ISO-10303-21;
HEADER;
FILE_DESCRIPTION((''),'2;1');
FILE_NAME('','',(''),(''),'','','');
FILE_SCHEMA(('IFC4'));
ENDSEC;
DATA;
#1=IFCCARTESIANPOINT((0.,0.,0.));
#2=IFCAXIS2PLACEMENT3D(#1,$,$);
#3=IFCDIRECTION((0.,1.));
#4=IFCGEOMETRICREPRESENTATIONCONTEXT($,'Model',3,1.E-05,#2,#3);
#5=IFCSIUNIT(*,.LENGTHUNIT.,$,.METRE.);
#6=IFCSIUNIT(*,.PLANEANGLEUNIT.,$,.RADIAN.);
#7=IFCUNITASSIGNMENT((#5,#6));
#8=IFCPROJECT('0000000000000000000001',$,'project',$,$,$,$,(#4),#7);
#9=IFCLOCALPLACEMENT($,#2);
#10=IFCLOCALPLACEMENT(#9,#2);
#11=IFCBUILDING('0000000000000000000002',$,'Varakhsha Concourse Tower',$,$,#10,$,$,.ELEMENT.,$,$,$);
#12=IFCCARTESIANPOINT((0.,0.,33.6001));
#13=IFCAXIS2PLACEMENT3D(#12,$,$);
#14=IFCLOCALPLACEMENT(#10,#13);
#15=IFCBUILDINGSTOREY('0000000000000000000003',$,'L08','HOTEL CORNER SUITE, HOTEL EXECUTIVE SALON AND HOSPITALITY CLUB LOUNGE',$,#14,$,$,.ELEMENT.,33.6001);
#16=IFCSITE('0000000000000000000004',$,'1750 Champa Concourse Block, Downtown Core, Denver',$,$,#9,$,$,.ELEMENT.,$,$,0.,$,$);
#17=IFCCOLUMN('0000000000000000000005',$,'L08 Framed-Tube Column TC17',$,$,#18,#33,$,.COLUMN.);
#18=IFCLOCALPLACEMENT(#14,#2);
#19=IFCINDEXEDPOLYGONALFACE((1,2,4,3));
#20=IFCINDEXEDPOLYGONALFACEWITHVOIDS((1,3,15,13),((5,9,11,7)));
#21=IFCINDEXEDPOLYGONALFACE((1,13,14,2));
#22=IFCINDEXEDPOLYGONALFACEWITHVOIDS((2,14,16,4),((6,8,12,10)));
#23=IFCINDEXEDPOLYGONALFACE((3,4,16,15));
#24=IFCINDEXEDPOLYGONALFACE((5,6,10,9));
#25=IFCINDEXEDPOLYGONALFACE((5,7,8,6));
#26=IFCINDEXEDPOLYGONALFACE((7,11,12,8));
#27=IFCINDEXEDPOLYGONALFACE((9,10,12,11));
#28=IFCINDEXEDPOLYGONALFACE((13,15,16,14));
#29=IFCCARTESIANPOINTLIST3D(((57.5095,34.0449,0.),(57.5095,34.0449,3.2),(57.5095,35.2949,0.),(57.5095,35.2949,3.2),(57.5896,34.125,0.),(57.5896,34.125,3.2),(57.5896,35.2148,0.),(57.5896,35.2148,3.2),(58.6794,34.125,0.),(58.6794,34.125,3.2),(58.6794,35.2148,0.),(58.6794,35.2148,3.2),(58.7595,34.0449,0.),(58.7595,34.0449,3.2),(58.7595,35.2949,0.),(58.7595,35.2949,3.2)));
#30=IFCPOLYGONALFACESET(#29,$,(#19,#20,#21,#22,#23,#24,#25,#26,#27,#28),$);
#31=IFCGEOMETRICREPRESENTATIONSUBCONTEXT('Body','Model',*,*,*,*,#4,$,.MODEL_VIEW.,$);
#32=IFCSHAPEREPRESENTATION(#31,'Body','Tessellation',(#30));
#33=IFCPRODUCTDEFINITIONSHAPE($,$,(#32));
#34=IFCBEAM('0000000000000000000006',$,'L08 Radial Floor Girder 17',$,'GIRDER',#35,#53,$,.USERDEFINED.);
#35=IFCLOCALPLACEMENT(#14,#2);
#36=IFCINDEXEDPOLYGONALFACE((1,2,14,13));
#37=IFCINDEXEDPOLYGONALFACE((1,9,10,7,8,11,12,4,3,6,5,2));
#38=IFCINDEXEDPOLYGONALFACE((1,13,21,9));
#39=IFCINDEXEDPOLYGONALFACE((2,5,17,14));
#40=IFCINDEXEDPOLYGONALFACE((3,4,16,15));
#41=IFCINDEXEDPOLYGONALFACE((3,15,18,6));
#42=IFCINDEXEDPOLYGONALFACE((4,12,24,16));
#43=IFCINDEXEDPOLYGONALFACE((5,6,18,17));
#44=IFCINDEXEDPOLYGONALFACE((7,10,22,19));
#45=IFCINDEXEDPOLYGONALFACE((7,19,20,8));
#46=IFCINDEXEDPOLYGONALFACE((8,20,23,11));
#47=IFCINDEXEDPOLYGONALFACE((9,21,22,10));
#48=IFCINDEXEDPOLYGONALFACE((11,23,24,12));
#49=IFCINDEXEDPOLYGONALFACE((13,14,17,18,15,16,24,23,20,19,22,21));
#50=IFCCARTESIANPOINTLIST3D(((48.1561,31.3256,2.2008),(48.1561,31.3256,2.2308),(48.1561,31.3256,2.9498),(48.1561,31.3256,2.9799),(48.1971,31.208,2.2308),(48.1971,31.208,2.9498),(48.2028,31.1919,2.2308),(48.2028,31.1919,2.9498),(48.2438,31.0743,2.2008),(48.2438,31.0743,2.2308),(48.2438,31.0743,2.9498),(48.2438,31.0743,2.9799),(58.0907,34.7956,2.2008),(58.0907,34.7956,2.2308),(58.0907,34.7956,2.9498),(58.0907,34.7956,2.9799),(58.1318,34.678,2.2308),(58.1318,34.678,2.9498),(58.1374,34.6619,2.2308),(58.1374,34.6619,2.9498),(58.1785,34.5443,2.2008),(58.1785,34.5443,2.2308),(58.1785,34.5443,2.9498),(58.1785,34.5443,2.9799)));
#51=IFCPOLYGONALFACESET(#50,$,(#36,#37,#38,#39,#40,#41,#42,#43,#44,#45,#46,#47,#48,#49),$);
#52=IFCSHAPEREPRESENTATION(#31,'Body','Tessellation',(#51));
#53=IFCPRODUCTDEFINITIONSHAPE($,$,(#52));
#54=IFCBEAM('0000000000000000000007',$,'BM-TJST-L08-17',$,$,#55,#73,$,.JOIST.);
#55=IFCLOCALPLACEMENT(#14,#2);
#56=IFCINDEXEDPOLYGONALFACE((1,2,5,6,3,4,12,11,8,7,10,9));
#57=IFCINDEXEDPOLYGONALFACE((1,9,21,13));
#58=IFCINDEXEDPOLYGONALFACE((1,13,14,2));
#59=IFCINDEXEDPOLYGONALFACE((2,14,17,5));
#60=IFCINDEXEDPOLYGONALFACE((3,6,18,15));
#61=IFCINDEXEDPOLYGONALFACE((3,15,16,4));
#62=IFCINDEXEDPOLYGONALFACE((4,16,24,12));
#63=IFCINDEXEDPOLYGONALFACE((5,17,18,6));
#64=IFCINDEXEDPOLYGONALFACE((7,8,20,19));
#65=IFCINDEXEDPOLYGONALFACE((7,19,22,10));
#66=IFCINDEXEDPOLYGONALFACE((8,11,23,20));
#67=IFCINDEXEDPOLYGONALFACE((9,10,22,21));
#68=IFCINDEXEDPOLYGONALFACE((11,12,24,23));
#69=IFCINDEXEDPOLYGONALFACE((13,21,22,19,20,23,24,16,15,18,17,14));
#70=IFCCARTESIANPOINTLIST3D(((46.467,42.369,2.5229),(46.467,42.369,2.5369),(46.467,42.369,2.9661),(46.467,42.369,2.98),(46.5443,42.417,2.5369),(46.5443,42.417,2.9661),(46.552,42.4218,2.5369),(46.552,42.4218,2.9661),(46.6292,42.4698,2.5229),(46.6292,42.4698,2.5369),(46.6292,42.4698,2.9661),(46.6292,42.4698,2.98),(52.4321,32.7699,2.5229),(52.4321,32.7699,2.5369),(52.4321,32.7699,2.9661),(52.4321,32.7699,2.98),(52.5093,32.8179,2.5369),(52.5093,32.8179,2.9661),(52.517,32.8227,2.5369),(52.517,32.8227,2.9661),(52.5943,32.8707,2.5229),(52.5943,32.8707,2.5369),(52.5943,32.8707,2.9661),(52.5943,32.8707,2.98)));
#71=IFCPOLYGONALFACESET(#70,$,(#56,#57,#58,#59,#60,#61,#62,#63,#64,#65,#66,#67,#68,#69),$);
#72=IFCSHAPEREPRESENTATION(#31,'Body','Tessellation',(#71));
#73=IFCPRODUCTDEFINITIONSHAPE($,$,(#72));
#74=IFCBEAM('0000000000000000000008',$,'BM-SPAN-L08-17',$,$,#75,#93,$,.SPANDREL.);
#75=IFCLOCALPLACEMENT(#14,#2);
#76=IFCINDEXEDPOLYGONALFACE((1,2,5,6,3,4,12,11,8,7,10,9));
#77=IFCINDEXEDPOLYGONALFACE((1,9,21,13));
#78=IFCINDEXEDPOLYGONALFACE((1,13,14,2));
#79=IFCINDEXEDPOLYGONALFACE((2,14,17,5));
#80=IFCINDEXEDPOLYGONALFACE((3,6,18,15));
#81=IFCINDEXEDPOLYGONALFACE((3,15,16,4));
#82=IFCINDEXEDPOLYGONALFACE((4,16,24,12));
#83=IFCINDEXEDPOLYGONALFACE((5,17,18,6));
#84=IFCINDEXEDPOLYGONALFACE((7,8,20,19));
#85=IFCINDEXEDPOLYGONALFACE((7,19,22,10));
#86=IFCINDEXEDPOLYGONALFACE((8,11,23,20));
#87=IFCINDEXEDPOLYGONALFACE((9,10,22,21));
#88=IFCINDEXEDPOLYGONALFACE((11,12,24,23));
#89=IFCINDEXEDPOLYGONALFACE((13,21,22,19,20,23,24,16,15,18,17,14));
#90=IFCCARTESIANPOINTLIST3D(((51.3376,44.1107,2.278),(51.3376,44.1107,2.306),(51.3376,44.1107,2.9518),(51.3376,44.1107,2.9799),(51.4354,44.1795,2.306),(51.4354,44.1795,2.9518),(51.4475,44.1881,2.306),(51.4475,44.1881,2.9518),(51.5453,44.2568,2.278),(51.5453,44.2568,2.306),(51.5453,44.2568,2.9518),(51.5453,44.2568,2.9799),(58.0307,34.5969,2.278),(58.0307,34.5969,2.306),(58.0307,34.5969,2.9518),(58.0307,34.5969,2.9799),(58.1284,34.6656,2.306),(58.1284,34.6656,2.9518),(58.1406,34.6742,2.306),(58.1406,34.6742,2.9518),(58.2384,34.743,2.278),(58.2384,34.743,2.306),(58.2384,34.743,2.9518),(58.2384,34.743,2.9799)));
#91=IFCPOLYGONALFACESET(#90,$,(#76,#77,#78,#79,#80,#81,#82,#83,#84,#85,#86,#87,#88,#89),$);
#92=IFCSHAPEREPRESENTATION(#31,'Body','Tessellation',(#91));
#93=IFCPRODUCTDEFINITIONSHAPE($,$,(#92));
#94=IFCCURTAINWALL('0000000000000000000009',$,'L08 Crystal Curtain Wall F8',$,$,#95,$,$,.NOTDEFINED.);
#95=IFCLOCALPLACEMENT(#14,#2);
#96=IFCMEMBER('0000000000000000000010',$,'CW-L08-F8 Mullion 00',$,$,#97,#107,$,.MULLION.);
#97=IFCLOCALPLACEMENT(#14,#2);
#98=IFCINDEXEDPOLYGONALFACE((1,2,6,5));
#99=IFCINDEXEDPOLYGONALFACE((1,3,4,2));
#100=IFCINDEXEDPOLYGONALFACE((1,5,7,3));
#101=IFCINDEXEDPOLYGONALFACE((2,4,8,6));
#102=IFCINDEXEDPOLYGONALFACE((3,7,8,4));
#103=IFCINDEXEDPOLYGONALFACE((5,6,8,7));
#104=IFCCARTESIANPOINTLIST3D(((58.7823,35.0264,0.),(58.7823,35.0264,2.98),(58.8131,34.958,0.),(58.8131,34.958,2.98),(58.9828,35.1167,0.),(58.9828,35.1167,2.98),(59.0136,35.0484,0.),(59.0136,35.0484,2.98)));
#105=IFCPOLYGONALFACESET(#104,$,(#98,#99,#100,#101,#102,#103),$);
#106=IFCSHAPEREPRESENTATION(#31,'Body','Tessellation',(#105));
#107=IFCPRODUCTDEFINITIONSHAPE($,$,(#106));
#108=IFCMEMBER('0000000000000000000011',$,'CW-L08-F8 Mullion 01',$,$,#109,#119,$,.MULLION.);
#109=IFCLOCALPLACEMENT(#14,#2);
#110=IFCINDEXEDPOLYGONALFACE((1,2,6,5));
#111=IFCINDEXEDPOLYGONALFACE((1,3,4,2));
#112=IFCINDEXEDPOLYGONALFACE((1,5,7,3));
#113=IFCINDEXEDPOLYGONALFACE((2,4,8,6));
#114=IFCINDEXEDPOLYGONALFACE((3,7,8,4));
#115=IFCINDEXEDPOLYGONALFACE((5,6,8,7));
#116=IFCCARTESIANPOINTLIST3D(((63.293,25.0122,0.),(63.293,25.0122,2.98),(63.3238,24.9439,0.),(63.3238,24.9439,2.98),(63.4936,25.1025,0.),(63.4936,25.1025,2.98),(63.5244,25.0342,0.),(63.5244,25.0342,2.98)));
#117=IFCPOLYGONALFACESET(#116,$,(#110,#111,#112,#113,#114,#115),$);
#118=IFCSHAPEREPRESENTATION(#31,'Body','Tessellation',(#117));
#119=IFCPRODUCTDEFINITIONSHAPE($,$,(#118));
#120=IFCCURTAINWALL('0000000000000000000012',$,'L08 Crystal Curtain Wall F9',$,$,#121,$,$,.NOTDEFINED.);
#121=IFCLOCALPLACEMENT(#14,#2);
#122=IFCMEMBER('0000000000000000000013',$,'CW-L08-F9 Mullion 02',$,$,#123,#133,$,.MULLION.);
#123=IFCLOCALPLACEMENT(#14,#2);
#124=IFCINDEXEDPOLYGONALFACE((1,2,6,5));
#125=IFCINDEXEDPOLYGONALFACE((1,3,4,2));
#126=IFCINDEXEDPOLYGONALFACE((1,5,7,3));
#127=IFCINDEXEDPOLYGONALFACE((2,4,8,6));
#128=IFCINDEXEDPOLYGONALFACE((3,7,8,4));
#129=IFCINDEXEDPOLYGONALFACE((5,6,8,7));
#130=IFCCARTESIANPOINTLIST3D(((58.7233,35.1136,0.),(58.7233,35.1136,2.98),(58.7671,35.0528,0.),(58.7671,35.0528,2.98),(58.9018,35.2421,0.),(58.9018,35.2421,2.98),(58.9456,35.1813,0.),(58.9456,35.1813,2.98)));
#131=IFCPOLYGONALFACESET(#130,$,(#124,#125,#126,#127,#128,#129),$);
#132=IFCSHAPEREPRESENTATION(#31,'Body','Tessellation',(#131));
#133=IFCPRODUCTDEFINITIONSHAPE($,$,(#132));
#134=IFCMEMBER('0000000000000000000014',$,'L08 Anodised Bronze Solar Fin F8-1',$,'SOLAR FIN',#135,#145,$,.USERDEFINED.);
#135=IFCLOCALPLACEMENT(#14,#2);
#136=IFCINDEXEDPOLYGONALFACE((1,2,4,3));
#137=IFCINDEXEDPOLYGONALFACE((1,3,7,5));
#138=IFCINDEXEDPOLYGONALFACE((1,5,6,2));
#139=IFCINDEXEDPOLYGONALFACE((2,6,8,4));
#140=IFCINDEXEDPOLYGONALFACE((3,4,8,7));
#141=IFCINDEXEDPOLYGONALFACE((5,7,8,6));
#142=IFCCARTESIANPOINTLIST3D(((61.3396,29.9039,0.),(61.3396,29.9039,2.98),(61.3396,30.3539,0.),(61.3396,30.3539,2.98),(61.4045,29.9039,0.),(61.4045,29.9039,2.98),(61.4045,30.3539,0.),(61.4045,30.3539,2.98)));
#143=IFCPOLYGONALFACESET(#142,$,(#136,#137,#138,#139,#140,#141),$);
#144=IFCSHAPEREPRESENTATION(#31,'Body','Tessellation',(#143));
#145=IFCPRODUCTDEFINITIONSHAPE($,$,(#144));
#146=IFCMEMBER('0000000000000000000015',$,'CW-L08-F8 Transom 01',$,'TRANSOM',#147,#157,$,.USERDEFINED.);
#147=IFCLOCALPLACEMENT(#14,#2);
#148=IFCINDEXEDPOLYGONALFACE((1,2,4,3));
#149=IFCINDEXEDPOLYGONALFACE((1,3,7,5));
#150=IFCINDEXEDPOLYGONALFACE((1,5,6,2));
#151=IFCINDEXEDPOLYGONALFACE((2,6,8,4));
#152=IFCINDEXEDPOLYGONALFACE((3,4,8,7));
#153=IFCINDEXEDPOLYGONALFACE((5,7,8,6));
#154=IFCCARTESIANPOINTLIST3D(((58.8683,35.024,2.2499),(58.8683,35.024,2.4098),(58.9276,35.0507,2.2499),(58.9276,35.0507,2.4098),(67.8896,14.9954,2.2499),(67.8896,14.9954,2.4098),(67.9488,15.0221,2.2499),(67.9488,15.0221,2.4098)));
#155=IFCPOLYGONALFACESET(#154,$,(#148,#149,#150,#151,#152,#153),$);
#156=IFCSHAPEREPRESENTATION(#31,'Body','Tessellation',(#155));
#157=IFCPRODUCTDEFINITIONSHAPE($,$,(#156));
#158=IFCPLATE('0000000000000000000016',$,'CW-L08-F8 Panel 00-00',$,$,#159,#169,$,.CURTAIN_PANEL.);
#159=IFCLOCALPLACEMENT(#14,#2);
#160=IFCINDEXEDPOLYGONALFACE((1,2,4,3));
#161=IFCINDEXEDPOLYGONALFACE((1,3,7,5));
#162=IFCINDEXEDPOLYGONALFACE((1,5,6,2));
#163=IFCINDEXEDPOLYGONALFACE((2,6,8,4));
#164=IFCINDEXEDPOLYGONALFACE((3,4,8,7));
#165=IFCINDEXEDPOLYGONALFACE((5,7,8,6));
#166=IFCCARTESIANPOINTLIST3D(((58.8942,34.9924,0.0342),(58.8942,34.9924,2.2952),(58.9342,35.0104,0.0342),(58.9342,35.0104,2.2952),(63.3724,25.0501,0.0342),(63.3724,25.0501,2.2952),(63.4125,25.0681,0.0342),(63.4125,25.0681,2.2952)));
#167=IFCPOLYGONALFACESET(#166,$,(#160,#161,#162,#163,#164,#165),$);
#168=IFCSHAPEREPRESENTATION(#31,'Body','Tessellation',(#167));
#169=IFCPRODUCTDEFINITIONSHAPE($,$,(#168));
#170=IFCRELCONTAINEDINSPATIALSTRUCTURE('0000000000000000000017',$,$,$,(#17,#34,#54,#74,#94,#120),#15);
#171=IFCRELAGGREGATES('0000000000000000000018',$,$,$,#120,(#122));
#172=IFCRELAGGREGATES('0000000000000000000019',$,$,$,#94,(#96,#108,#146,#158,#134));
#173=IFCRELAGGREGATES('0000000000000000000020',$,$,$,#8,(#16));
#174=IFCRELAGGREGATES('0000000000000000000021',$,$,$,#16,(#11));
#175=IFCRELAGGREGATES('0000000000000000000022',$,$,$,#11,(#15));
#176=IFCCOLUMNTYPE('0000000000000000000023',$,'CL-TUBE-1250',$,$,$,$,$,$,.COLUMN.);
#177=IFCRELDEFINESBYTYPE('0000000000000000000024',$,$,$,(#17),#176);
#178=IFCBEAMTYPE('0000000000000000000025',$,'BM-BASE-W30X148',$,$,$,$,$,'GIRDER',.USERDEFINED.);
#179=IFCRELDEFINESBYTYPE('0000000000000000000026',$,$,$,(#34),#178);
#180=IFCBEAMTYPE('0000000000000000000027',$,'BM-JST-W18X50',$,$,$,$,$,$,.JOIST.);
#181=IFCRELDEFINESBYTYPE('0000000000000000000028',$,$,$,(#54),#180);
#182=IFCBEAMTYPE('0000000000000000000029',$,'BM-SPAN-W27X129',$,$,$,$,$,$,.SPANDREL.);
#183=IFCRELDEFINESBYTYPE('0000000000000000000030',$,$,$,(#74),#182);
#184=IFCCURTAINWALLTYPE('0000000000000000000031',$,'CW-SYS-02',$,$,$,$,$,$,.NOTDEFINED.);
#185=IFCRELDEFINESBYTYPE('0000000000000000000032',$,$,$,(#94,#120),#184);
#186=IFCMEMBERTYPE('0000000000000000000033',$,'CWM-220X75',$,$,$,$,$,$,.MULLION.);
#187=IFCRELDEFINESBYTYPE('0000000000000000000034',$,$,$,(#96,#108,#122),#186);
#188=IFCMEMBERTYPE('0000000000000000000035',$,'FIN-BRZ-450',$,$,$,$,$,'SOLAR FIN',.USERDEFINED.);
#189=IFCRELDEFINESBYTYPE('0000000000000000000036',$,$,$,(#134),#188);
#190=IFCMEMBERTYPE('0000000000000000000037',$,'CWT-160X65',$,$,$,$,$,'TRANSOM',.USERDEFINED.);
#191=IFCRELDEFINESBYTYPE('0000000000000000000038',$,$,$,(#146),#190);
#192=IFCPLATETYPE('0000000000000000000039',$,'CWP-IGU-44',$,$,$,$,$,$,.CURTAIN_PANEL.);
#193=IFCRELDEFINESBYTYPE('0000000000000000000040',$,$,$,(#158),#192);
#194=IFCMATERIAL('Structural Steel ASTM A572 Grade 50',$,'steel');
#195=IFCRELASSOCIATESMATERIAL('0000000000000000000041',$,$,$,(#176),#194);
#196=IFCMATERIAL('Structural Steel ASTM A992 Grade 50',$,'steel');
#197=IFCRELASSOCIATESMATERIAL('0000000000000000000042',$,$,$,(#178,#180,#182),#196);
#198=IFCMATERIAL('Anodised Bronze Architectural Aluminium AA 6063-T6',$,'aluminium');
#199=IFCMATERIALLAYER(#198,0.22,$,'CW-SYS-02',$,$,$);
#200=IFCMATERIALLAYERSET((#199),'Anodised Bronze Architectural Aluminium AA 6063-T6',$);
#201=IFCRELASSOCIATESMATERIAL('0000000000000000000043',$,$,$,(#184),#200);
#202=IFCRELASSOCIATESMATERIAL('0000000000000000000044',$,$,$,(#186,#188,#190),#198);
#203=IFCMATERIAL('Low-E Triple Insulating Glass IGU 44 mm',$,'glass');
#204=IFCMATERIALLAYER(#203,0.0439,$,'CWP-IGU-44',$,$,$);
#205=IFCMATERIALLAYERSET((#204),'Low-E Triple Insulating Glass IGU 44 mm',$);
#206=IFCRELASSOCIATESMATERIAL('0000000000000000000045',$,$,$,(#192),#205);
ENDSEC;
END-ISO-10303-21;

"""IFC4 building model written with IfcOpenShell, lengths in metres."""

from ifc_helpers import new_model, si_unit, direction, frame, origin, origin_2d, place, context, subcontext, project, spatial, rectangle, hollow_rectangle, i_section, extrude, source, transform, mapped, material, layer, layer_set, material_profile, profile_set, type_object, type_shapes, element, aggregate, save


model = new_model("IFC4")

# Units and contexts
model_context = context("Model", 3, precision=1e-05, world=origin(), true_north=direction((0.0, 1.0)))
body_context = subcontext(model_context, "Body", "Model", "MODEL_VIEW")
ifc_project = project(units=[si_unit("LENGTHUNIT", "METRE"), si_unit("PLANEANGLEUNIT", "RADIAN")], contexts=[model_context])

# Site, building, storey
site_placement = place(None, origin())
site = spatial("IfcSite", under=ifc_project, at=site_placement, Name="1750 Champa Concourse Block, Downtown Core, Denver", CompositionType="ELEMENT", RefElevation=0.0)
building_placement = place(site_placement, origin())
building = spatial("IfcBuilding", under=site, at=building_placement, Name="Varakhsha Concourse Tower", CompositionType="ELEMENT")
storey_placement = place(building_placement, frame((0.0, 0.0, 33.6001)))
storey = spatial("IfcBuildingStorey", under=building, at=storey_placement, Name="L08", Description="HOTEL CORNER SUITE, HOTEL EXECUTIVE SALON AND HOSPITALITY CLUB LOUNGE", CompositionType="ELEMENT", Elevation=33.6001)

# Column
ifc_material_1 = material(Name="Structural Steel ASTM A572 Grade 50", Category="steel")
ifc_material_profile_1 = material_profile(ifc_material_1, hollow_rectangle(XDim=1.25, YDim=1.25, WallThickness=0.0801, at=origin_2d()), Name="BOX 1250x1250x80")
ifc_profile_set_1 = profile_set([ifc_material_profile_1], Name="Structural Steel ASTM A572 Grade 50")
column_type = type_object("IfcColumnType", Name="CL-TUBE-1250", PredefinedType="COLUMN", material=ifc_profile_set_1)
column_placement = place(storey_placement, frame((58.1345, 34.6699, 0.0), z_axis=(0.0, 0.0, 1.0), x_axis=(1.0, 0.0, 0.0)))
element("IfcColumn", 1, at=column_placement, inside=storey, type_object=column_type, Name="L08 Framed-Tube Column TC17", PredefinedType="COLUMN", context=body_context, shape_type="SweptSolid", body=[
    extrude(hollow_rectangle(XDim=1.25, YDim=1.25, WallThickness=0.0801, at=origin_2d()), origin(), (0.0, 0.0, 1.0), 3.2),
])

# Beams
ifc_material_2 = material(Name="Structural Steel ASTM A992 Grade 50", Category="steel")
ifc_material_profile_2 = material_profile(ifc_material_2, i_section(OverallWidth=0.2661, OverallDepth=0.7791, WebThickness=0.0171, FlangeThickness=0.03, at=origin_2d()), Name="W30X148")
ifc_profile_set_2 = profile_set([ifc_material_profile_2], Name="Structural Steel ASTM A992 Grade 50")
beam_type_1 = type_object("IfcBeamType", Name="BM-BASE-W30X148", ElementType="GIRDER", PredefinedType="USERDEFINED", material=ifc_profile_set_2)
beam_1_placement = place(storey_placement, frame((48.2, 31.2, 2.5903), z_axis=(0.944069, 0.329747, 0.0), x_axis=(-0.329747, 0.944069, 0.0)))
element("IfcBeam", 2, at=beam_1_placement, inside=storey, type_object=beam_type_1, Name="L08 Radial Floor Girder 17", ObjectType="GIRDER", PredefinedType="USERDEFINED", context=body_context, shape_type="SweptSolid", body=[
    extrude(i_section(OverallWidth=0.2661, OverallDepth=0.7791, WebThickness=0.0171, FlangeThickness=0.03, at=origin_2d()), origin(), (0.0, 0.0, 1.0), 10.5232),
])
ifc_material_profile_3 = material_profile(ifc_material_2, i_section(OverallWidth=0.1909, OverallDepth=0.457, WebThickness=0.009, FlangeThickness=0.0139, at=origin_2d()), Name="W18X50")
ifc_profile_set_3 = profile_set([ifc_material_profile_3], Name="Structural Steel ASTM A992 Grade 50")
beam_type_2 = type_object("IfcBeamType", Name="BM-JST-W18X50", PredefinedType="JOIST", material=ifc_profile_set_3)
beam_2_placement = place(storey_placement, frame((52.5132, 32.8203, 2.7515), z_axis=(-0.527811, 0.849362, 0.0), x_axis=(-0.849362, -0.527811, 0.0)))
element("IfcBeam", 3, at=beam_2_placement, inside=storey, type_object=beam_type_2, Name="BM-TJST-L08-17", PredefinedType="JOIST", context=body_context, shape_type="SweptSolid", body=[
    extrude(i_section(OverallWidth=0.1909, OverallDepth=0.457, WebThickness=0.009, FlangeThickness=0.0139, at=origin_2d()), origin(), (0.0, 0.0, 1.0), 11.3015),
])
ifc_material_profile_4 = material_profile(ifc_material_2, i_section(OverallWidth=0.2539, OverallDepth=0.7019, WebThickness=0.0149, FlangeThickness=0.0281, at=origin_2d()), Name="W27X129")
ifc_profile_set_4 = profile_set([ifc_material_profile_4], Name="Structural Steel ASTM A992 Grade 50")
beam_type_3 = type_object("IfcBeamType", Name="BM-SPAN-W27X129", PredefinedType="SPANDREL", material=ifc_profile_set_4)
beam_3_placement = place(storey_placement, frame((58.1345, 34.6699, 2.6289), z_axis=(-0.575386, 0.817882, 0.0), x_axis=(-0.817882, -0.575386, 0.0)))
element("IfcBeam", 4, at=beam_3_placement, inside=storey, type_object=beam_type_3, Name="BM-SPAN-L08-17", PredefinedType="SPANDREL", context=body_context, shape_type="SweptSolid", body=[
    extrude(i_section(OverallWidth=0.2539, OverallDepth=0.7019, WebThickness=0.0149, FlangeThickness=0.0281, at=origin_2d()), origin(), (0.0, 0.0, 1.0), 11.6323),
])

# Curtain wall, members
ifc_material_3 = material(Name="Anodised Bronze Architectural Aluminium AA 6063-T6", Category="aluminium")
ifc_layer_1 = layer(ifc_material_3, 0.22, Name="CW-SYS-02")
ifc_layer_set_1 = layer_set([ifc_layer_1], Name="Anodised Bronze Architectural Aluminium AA 6063-T6")
curtain_wall_type = type_object("IfcCurtainWallType", Name="CW-SYS-02", PredefinedType="NOTDEFINED", material=ifc_layer_set_1)
curtain_wall_1_placement = place(storey_placement, origin())
curtain_wall_1 = element("IfcCurtainWall", 5, at=curtain_wall_1_placement, inside=storey, type_object=curtain_wall_type, Name="L08 Crystal Curtain Wall F8", PredefinedType="NOTDEFINED")
ifc_material_profile_5 = material_profile(ifc_material_3, rectangle(XDim=0.075, YDim=0.22, at=origin_2d()), Name="CWM-220X75")
ifc_profile_set_5 = profile_set([ifc_material_profile_5], Name="Anodised Bronze Architectural Aluminium AA 6063-T6")
member_type_1 = type_object("IfcMemberType", Name="CWM-220X75", PredefinedType="MULLION", material=ifc_profile_set_5)
shared_shape_1 = source(origin(), body_context, "Body", "SweptSolid", [
    extrude(rectangle(XDim=0.075, YDim=0.22, at=origin_2d()), origin(), (0.0, 0.0, 1.0), 2.98),
])
type_shapes(member_type_1, [shared_shape_1])
member_1_placement = place(storey_placement, frame((58.8979, 35.0374, 0.0), z_axis=(0.0, 0.0, 1.0), x_axis=(0.410684, -0.911778, 0.0)))
member_1 = element("IfcMember", 6, at=member_1_placement, type_object=member_type_1, Name="CW-L08-F8 Mullion 00", PredefinedType="MULLION", context=body_context, shape_type="MappedRepresentation", body=[
    mapped(shared_shape_1, transform((0.0, 0.0, 0.0), scale=1.0)),
])
member_2_placement = place(storey_placement, frame((63.4087, 25.0232, 0.0), z_axis=(0.0, 0.0, 1.0), x_axis=(0.410684, -0.911778, 0.0)))
member_2 = element("IfcMember", 7, at=member_2_placement, type_object=member_type_1, Name="CW-L08-F8 Mullion 01", PredefinedType="MULLION", context=body_context, shape_type="MappedRepresentation", body=[
    mapped(shared_shape_1, transform((0.0, 0.0, 0.0), scale=1.0)),
])

# Curtain wall, member
curtain_wall_2_placement = place(storey_placement, origin())
curtain_wall_2 = element("IfcCurtainWall", 8, at=curtain_wall_2_placement, inside=storey, type_object=curtain_wall_type, Name="L08 Crystal Curtain Wall F9", PredefinedType="NOTDEFINED")
member_3_placement = place(storey_placement, frame((58.8345, 35.1475, 0.0), z_axis=(0.0, 0.0, 1.0), x_axis=(0.584284, -0.81155, 0.0)))
member_3 = element("IfcMember", 9, at=member_3_placement, type_object=member_type_1, Name="CW-L08-F9 Mullion 02", PredefinedType="MULLION", context=body_context, shape_type="MappedRepresentation", body=[
    mapped(shared_shape_1, transform((0.0, 0.0, 0.0), scale=1.0)),
])
aggregate(curtain_wall_2, [member_3])

# Members
ifc_material_profile_6 = material_profile(ifc_material_3, rectangle(XDim=0.0649, YDim=0.45, at=origin_2d()), Name="FIN-BRZ-450")
ifc_profile_set_6 = profile_set([ifc_material_profile_6], Name="Anodised Bronze Architectural Aluminium AA 6063-T6")
member_type_2 = type_object("IfcMemberType", Name="FIN-BRZ-450", ElementType="SOLAR FIN", PredefinedType="USERDEFINED", material=ifc_profile_set_6)
shared_shape_2 = source(origin(), body_context, "Body", "SweptSolid", [
    extrude(rectangle(XDim=0.0649, YDim=0.45, at=origin_2d()), origin(), (0.0, 0.0, 1.0), 2.98),
])
type_shapes(member_type_2, [shared_shape_2])
member_4_placement = place(storey_placement, frame((61.3721, 30.1289, 0.0), z_axis=(0.0, 0.0, 1.0), x_axis=(1.0, 0.0, 0.0)))
member_4 = element("IfcMember", 10, at=member_4_placement, type_object=member_type_2, Name="L08 Anodised Bronze Solar Fin F8-1", ObjectType="SOLAR FIN", PredefinedType="USERDEFINED", context=body_context, shape_type="MappedRepresentation", body=[
    mapped(shared_shape_2, transform((0.0, 0.0, 0.0), scale=1.0)),
])
ifc_material_profile_7 = material_profile(ifc_material_3, rectangle(XDim=0.0649, YDim=0.1599, at=origin_2d()), Name="CWT-160X65")
ifc_profile_set_7 = profile_set([ifc_material_profile_7], Name="Anodised Bronze Architectural Aluminium AA 6063-T6")
member_type_3 = type_object("IfcMemberType", Name="CWT-160X65", ElementType="TRANSOM", PredefinedType="USERDEFINED", material=ifc_profile_set_7)
shared_shape_3 = source(origin(), body_context, "Body", "SweptSolid", [
    extrude(rectangle(XDim=0.0649, YDim=0.1599, at=origin_2d()), origin(), (0.0, 0.0, 1.0), 21.9666),
])
type_shapes(member_type_3, [shared_shape_3])
member_5_placement = place(storey_placement, frame((58.8979, 35.0374, 2.3298), z_axis=(0.410682, -0.911779, 0.0), x_axis=(0.911779, 0.410682, 0.0)))
member_5 = element("IfcMember", 11, at=member_5_placement, type_object=member_type_3, Name="CW-L08-F8 Transom 01", ObjectType="TRANSOM", PredefinedType="USERDEFINED", context=body_context, shape_type="MappedRepresentation", body=[
    mapped(shared_shape_3, transform((0.0, 0.0, 0.0), scale=1.0)),
])

# Plate
ifc_material_4 = material(Name="Low-E Triple Insulating Glass IGU 44 mm", Category="glass")
ifc_layer_2 = layer(ifc_material_4, 0.0439, Name="CWP-IGU-44")
ifc_layer_set_2 = layer_set([ifc_layer_2], Name="Low-E Triple Insulating Glass IGU 44 mm")
plate_type_1 = type_object("IfcPlateType", Name="CWP-IGU-44", PredefinedType="CURTAIN_PANEL", material=ifc_layer_set_2)
shared_shape_4 = source(origin(), body_context, "Body", "SweptSolid", [
    extrude(rectangle(XDim=10.9043, YDim=0.0439, at=origin_2d()), origin(), (0.0, 0.0, 1.0), 2.261),
])
type_shapes(plate_type_1, [shared_shape_4])
plate_1_placement = place(storey_placement, frame((61.1533, 30.0303, 0.0342), z_axis=(0.0, 0.0, 1.0), x_axis=(0.410684, -0.911778, 0.0)))
plate_1 = element("IfcPlate", 12, at=plate_1_placement, type_object=plate_type_1, Name="CW-L08-F8 Panel 00-00", PredefinedType="CURTAIN_PANEL", context=body_context, shape_type="MappedRepresentation", body=[
    mapped(shared_shape_4, transform((0.0, 0.0, 0.0), scale=1.0)),
])
aggregate(curtain_wall_1, [member_1, member_2, member_5, plate_1, member_4])

save(model, "model.ifc")
